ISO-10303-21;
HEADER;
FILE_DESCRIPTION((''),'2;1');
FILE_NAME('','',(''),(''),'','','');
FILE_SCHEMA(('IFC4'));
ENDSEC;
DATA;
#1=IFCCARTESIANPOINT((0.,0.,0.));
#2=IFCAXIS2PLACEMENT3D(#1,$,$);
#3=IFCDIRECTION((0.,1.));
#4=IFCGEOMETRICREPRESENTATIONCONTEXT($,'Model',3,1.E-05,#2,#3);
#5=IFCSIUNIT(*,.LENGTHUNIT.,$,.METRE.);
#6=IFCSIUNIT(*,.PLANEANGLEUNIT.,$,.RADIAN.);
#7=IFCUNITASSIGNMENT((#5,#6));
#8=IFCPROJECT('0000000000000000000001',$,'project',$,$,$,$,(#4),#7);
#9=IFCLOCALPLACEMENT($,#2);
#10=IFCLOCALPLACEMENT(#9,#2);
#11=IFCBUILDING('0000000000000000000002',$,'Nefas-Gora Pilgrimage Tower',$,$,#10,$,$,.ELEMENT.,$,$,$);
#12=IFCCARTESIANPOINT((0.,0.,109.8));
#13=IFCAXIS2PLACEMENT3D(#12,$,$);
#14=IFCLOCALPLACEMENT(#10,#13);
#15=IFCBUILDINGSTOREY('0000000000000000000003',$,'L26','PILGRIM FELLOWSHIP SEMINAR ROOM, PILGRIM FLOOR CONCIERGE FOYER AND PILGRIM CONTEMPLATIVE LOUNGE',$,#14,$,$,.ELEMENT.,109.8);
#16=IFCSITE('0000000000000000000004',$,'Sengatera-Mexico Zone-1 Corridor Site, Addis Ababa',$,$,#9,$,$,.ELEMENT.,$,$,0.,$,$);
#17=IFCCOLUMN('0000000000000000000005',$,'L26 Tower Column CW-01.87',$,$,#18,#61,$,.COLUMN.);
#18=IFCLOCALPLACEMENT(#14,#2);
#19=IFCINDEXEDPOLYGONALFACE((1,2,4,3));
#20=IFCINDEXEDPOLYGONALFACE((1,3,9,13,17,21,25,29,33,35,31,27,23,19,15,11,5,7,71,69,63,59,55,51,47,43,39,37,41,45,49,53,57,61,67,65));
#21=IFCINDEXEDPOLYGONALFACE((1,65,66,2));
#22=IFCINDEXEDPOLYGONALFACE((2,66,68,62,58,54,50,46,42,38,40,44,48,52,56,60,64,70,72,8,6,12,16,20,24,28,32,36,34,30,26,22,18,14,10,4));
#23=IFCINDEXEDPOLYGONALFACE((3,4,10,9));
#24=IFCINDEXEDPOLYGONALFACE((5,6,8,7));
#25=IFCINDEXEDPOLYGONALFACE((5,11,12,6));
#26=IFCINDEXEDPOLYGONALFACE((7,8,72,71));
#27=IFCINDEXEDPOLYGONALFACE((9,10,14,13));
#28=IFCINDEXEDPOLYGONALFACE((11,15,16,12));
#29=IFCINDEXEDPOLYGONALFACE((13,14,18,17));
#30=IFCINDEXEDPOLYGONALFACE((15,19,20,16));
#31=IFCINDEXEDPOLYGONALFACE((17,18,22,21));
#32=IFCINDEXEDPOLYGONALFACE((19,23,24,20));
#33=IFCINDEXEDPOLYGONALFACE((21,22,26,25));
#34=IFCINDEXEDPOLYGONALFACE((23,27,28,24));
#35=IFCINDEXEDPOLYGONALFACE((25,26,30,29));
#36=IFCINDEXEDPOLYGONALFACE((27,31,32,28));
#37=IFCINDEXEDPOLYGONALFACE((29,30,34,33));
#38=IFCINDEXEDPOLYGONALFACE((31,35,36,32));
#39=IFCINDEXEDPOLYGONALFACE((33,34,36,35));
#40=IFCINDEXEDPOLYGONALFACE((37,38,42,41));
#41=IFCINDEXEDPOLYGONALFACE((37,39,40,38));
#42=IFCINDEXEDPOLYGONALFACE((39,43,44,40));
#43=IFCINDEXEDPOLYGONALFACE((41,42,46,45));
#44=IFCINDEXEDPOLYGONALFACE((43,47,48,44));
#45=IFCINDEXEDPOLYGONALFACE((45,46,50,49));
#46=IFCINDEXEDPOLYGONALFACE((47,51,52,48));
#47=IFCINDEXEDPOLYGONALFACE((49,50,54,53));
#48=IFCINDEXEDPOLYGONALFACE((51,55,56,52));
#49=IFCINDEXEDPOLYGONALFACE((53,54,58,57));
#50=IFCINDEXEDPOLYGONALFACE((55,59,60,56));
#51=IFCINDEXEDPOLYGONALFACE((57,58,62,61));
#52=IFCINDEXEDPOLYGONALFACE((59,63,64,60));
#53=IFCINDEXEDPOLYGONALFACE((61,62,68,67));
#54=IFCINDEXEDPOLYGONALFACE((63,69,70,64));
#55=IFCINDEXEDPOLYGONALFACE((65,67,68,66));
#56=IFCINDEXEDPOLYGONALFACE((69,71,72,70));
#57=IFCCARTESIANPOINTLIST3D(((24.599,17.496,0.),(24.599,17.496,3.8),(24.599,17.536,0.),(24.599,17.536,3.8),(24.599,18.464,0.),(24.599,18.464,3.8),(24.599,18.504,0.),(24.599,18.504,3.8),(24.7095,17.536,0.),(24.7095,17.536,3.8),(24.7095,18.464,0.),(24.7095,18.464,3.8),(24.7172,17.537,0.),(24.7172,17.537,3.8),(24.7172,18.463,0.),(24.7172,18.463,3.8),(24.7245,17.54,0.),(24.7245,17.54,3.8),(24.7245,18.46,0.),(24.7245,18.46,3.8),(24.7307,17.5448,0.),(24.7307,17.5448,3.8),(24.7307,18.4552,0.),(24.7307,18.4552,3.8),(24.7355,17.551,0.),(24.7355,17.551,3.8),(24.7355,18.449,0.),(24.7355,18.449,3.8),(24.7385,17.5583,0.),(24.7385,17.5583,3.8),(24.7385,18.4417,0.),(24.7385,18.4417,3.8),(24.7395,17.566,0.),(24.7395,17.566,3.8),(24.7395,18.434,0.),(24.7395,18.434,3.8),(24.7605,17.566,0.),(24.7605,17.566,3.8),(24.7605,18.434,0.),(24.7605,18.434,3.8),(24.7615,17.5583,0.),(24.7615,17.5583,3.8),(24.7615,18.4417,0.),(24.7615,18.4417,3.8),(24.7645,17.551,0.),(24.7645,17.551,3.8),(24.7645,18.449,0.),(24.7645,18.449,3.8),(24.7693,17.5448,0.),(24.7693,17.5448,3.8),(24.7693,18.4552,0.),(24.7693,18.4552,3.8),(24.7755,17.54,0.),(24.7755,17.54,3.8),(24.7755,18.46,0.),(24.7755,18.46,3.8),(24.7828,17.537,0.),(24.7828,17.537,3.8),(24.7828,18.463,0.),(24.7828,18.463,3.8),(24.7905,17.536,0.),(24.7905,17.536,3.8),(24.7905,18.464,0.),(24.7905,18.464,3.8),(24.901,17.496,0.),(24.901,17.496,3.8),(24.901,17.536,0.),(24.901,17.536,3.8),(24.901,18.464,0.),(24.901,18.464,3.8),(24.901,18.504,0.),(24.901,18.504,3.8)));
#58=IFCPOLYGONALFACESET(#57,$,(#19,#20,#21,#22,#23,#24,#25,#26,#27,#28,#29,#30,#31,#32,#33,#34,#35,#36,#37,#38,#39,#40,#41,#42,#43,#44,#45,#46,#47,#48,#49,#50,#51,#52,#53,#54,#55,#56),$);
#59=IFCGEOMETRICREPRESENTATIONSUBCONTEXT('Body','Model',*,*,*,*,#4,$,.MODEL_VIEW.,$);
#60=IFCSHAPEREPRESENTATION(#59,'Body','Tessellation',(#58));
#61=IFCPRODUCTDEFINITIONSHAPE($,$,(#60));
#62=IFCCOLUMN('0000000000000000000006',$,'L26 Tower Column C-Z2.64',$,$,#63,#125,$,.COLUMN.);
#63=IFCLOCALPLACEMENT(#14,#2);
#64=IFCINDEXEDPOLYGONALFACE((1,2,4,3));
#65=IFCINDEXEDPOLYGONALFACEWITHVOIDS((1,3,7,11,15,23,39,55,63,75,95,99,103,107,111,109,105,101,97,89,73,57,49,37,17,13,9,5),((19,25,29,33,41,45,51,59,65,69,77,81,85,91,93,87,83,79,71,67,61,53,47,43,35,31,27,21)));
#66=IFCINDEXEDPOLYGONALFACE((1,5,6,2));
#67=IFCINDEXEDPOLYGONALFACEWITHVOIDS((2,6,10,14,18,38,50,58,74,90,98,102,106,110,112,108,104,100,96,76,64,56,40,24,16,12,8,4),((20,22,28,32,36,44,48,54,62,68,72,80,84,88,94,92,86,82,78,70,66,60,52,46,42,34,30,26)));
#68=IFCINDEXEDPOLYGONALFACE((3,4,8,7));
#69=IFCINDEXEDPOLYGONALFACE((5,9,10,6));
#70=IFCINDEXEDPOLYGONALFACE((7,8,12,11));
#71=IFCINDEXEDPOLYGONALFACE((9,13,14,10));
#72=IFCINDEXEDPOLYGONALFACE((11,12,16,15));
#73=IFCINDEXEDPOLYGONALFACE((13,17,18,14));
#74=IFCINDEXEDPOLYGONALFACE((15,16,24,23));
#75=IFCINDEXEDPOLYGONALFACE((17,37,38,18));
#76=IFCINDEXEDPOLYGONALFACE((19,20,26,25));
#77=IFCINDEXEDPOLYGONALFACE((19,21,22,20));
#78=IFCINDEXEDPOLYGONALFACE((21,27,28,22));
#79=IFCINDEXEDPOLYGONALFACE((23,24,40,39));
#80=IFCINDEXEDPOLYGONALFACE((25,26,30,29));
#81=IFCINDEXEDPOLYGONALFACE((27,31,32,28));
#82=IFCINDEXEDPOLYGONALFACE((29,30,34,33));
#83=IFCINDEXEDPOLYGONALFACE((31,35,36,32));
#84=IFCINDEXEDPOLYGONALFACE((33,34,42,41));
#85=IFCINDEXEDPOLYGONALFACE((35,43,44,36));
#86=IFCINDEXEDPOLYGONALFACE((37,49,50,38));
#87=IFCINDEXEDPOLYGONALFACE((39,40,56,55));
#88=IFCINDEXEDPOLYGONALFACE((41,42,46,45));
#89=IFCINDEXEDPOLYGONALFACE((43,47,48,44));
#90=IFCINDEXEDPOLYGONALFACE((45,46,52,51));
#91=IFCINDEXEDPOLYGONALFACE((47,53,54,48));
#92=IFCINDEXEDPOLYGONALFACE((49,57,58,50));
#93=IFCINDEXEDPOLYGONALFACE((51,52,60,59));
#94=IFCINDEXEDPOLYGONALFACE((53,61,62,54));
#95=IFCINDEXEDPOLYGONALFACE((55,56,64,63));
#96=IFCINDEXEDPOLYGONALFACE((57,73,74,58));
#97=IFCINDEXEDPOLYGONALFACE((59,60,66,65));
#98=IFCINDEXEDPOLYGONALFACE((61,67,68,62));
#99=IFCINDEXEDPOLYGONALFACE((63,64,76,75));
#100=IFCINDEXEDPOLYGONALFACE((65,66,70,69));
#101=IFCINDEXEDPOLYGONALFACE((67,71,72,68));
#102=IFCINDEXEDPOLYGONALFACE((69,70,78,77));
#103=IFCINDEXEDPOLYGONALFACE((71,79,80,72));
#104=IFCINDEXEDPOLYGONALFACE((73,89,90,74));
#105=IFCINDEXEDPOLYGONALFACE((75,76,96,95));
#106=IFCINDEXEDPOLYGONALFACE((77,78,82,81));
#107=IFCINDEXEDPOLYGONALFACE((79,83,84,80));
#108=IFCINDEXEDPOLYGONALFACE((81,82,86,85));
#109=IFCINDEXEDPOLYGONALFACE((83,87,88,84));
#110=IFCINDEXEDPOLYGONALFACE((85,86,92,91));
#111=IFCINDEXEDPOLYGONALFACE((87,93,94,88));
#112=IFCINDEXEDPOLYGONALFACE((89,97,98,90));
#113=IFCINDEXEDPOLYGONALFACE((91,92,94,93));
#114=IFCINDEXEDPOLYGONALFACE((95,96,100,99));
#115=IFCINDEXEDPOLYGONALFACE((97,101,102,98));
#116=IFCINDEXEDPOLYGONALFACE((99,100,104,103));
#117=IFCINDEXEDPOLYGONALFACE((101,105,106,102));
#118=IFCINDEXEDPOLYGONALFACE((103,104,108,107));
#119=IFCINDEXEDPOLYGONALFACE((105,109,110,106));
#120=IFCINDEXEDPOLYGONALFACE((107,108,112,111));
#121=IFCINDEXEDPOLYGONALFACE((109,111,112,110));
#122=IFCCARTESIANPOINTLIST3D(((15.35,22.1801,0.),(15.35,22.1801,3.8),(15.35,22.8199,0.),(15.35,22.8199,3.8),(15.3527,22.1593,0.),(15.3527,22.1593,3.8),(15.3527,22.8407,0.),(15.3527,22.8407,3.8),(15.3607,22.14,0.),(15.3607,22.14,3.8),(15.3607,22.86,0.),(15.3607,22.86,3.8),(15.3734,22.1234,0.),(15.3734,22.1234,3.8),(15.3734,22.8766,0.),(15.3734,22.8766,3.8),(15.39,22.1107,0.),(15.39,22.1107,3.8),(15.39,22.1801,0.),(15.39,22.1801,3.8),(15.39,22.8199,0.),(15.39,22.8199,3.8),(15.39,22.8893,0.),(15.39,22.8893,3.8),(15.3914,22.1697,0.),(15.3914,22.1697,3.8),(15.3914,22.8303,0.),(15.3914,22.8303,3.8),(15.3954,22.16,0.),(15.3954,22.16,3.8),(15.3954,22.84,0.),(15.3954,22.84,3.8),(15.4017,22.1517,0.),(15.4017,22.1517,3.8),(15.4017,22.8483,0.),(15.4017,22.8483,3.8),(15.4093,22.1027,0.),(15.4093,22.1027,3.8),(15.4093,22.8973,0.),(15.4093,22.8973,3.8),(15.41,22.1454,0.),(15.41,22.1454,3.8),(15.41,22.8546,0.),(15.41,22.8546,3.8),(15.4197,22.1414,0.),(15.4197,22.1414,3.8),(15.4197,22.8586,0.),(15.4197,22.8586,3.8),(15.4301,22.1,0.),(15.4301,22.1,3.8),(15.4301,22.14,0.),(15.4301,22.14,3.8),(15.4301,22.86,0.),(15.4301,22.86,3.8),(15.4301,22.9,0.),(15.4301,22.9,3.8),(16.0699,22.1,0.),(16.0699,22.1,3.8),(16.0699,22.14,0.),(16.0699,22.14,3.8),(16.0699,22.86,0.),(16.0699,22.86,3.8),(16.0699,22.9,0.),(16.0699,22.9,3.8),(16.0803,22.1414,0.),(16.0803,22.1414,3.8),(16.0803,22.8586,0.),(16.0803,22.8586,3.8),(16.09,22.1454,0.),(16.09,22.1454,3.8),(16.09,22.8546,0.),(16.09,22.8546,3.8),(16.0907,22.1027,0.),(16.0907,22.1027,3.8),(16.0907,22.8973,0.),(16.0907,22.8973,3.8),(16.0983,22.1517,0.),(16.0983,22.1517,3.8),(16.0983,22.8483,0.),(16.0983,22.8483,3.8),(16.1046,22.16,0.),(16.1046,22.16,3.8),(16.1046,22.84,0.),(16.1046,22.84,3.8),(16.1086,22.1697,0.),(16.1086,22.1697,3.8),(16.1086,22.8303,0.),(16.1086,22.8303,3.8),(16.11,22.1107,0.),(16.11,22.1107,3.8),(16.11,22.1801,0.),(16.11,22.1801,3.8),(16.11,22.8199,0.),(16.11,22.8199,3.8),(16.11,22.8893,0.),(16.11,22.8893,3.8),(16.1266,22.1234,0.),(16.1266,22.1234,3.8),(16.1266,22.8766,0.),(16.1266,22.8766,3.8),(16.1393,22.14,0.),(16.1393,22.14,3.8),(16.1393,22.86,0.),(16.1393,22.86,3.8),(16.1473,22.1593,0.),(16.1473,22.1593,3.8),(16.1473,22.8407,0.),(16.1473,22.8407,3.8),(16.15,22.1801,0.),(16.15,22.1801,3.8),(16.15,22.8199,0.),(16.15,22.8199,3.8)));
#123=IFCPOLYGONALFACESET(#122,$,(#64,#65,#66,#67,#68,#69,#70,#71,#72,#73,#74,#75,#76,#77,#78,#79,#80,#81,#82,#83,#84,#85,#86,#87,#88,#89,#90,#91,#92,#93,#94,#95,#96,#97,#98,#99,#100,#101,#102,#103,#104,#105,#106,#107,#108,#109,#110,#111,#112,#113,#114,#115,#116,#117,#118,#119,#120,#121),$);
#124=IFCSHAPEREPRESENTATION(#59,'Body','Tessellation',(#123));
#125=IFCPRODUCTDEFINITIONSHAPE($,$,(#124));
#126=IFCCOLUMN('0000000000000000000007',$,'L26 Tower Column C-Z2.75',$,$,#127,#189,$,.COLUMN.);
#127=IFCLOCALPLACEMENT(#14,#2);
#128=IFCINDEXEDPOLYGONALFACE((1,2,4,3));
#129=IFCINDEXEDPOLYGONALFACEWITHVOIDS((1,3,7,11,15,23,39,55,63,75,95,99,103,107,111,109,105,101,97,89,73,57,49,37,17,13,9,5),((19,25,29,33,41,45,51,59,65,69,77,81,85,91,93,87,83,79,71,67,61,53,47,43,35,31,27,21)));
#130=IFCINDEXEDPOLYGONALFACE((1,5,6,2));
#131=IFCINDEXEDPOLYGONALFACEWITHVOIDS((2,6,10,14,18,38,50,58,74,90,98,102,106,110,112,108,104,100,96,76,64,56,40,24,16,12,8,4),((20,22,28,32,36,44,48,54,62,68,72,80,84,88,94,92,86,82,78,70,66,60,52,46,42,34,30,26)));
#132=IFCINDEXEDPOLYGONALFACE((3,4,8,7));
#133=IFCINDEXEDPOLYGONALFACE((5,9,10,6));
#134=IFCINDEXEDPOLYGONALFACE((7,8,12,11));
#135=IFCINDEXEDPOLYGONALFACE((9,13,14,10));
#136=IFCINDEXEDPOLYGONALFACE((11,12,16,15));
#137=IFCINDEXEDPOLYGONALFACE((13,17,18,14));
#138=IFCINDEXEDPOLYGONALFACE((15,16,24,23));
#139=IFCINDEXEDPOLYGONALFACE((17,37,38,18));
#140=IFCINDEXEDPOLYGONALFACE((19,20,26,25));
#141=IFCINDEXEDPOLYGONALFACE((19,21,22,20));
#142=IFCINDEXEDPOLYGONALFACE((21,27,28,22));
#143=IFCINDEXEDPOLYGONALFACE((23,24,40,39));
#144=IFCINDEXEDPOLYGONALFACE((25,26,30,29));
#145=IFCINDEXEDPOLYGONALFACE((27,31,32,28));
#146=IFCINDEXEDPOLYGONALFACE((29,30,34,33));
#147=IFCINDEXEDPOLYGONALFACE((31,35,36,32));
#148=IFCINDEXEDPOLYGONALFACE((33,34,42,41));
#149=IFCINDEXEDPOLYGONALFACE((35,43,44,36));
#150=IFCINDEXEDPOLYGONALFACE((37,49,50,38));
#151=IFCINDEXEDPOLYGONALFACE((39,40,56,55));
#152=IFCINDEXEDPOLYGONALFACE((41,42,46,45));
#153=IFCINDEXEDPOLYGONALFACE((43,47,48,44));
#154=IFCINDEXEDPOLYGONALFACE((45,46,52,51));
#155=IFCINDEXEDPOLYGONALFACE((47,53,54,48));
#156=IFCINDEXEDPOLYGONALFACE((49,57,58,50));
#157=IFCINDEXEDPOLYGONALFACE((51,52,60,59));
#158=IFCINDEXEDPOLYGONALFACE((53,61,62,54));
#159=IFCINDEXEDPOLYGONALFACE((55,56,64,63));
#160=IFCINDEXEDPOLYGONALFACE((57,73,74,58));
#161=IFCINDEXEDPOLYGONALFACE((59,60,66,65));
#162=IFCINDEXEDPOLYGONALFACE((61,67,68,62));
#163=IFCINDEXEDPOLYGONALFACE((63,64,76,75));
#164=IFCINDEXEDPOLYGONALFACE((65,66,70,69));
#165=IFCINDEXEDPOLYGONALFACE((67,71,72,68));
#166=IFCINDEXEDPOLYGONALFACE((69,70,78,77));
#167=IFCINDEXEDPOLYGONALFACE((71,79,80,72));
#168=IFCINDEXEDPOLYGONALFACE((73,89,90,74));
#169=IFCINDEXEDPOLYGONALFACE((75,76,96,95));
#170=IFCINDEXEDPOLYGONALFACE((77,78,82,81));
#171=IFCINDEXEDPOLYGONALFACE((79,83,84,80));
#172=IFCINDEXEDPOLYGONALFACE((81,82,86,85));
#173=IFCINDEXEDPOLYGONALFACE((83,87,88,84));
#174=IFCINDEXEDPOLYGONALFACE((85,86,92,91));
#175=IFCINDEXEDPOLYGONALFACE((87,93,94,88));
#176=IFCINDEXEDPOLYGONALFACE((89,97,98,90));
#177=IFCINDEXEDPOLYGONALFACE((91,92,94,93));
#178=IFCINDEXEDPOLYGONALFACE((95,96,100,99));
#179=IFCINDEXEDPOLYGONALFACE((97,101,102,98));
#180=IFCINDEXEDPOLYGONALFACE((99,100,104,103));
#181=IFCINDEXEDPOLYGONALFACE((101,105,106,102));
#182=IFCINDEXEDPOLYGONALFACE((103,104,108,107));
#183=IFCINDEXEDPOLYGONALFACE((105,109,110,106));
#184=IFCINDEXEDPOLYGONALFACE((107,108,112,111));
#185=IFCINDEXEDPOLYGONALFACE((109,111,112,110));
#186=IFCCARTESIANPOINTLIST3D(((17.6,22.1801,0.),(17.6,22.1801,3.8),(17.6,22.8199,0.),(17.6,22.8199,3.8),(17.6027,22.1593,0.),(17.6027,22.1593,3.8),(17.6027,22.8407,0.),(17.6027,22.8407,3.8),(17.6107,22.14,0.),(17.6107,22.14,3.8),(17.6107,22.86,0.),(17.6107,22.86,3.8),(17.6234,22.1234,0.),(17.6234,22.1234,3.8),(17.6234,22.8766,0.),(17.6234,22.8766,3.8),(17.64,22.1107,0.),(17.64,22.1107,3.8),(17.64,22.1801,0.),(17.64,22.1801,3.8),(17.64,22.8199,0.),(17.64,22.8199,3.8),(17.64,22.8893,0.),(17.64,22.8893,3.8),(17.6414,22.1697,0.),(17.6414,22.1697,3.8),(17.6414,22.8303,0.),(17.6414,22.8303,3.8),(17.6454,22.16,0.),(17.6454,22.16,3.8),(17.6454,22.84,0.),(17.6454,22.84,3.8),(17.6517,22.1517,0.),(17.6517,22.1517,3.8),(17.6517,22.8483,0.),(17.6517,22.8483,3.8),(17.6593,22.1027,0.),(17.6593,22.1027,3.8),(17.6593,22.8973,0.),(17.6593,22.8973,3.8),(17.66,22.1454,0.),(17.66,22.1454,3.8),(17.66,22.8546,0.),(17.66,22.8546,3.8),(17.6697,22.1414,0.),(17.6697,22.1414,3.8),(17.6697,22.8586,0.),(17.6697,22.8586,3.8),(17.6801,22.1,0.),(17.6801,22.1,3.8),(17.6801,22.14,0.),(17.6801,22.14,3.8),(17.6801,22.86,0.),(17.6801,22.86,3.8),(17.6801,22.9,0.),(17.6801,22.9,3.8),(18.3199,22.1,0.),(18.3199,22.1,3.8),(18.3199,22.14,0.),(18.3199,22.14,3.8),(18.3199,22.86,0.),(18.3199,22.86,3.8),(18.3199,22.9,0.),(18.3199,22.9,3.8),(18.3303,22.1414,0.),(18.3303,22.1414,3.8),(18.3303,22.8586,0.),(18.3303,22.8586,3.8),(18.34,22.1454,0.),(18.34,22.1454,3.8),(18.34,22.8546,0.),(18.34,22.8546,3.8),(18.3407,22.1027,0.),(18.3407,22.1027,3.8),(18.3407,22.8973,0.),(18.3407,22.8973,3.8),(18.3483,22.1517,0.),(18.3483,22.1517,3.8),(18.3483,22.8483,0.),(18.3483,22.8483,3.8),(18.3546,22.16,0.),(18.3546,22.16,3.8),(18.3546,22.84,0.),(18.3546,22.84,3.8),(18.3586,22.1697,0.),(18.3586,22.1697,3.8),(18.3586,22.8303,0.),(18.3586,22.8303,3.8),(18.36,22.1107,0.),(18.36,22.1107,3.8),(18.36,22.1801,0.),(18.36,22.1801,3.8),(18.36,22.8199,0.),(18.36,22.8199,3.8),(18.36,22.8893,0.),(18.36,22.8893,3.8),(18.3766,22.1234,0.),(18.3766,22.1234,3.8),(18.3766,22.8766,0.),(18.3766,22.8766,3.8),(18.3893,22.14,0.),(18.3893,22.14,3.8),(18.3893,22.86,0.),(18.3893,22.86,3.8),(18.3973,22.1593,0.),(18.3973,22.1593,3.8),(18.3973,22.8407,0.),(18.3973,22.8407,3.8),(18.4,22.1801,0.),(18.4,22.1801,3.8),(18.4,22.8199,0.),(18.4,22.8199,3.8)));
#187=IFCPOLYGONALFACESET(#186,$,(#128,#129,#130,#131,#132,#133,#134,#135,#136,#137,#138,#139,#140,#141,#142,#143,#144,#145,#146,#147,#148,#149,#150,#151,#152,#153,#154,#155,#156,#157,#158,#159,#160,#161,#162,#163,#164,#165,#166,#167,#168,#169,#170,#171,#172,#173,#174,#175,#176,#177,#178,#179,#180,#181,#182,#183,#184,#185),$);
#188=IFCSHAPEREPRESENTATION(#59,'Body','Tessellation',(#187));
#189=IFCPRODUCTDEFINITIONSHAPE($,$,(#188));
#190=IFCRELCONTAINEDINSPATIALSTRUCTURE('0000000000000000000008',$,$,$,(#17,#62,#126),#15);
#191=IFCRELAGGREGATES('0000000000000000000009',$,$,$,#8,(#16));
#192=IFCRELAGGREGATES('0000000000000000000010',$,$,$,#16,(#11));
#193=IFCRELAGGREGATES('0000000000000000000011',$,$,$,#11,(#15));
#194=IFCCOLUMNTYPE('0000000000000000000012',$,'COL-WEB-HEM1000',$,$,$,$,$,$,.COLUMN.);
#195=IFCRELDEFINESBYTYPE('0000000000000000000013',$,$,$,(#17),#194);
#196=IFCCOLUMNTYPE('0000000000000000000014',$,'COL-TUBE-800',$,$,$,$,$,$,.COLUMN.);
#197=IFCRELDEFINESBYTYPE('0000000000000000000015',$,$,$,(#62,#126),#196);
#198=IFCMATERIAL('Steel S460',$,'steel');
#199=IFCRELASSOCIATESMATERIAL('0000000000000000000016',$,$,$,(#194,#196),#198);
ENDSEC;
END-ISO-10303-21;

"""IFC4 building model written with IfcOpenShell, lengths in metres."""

from ifc_helpers import new_model, si_unit, direction, frame, origin, origin_2d, place, context, subcontext, project, spatial, hollow_rectangle, i_section, extrude, source, transform, mapped, material, material_profile, profile_set, type_object, element, save


model = new_model("IFC4")

# Units and contexts
model_context = context("Model", 3, precision=1e-05, world=origin(), true_north=direction((0.0, 1.0)))
body_context = subcontext(model_context, "Body", "Model", "MODEL_VIEW")
ifc_project = project(units=[si_unit("LENGTHUNIT", "METRE"), si_unit("PLANEANGLEUNIT", "RADIAN")], contexts=[model_context])

# Site, building, storey
site_placement = place(None, origin())
site = spatial("IfcSite", under=ifc_project, at=site_placement, Name="Sengatera-Mexico Zone-1 Corridor Site, Addis Ababa", CompositionType="ELEMENT", RefElevation=0.0)
building_placement = place(site_placement, origin())
building = spatial("IfcBuilding", under=site, at=building_placement, Name="Nefas-Gora Pilgrimage Tower", CompositionType="ELEMENT")
storey_placement = place(building_placement, frame((0.0, 0.0, 109.8)))
storey = spatial("IfcBuildingStorey", under=building, at=storey_placement, Name="L26", Description="PILGRIM FELLOWSHIP SEMINAR ROOM, PILGRIM FLOOR CONCIERGE FOYER AND PILGRIM CONTEMPLATIVE LOUNGE", CompositionType="ELEMENT", Elevation=109.8)

# Columns
ifc_material_1 = material(Name="Steel S460", Category="steel")
ifc_material_profile_1 = material_profile(ifc_material_1, i_section(OverallWidth=0.302, OverallDepth=1.0081, WebThickness=0.021, FlangeThickness=0.04, FilletRadius=0.03, at=origin_2d()), Name="HEM 1000")
ifc_profile_set_1 = profile_set([ifc_material_profile_1], Name="Steel S460")
column_type_1 = type_object("IfcColumnType", Name="COL-WEB-HEM1000", PredefinedType="COLUMN", material=ifc_profile_set_1)
shared_shape_1 = source(origin(), body_context, "Body", "SweptSolid", [
    extrude(i_section(OverallWidth=0.302, OverallDepth=1.0081, WebThickness=0.021, FlangeThickness=0.04, FilletRadius=0.03, at=origin_2d()), origin(), (0.0, 0.0, 1.0), 3.8),
])
for number, where, z_axis, x_axis, name in (
    (1, (24.75, 18.0, 0.0), (0.0, 0.0, 1.0), (1.0, 0.0, 0.0), "L26 Tower Column CW-01.87"),
):
    element("IfcColumn", number, at=place(storey_placement, frame(where, z_axis=z_axis, x_axis=x_axis)), inside=storey, type_object=column_type_1, Name=name, PredefinedType="COLUMN", context=body_context, shape_type="MappedRepresentation", body=[
        mapped(shared_shape_1, transform((0.0, 0.0, 0.0), x_axis=(1.0, 0.0, 0.0), y_axis=(0.0, 1.0, 0.0), z_axis=(0.0, 0.0, 1.0), scale=1.0)),
    ])
ifc_material_profile_2 = material_profile(ifc_material_1, hollow_rectangle(XDim=0.8, YDim=0.8, WallThickness=0.04, InnerFilletRadius=0.04, OuterFilletRadius=0.0801, at=origin_2d()), Name="BOX 800x800x40")
ifc_profile_set_2 = profile_set([ifc_material_profile_2], Name="Steel S460")
column_type_2 = type_object("IfcColumnType", Name="COL-TUBE-800", PredefinedType="COLUMN", material=ifc_profile_set_2)
shared_shape_2 = source(origin(), body_context, "Body", "SweptSolid", [
    extrude(hollow_rectangle(XDim=0.8, YDim=0.8, WallThickness=0.04, InnerFilletRadius=0.04, OuterFilletRadius=0.0801, at=origin_2d()), origin(), (0.0, 0.0, 1.0), 3.8),
])
for number, where, z_axis, x_axis, name in (
    (2, (15.75, 22.5, 0.0), (0.0, 0.0, 1.0), (1.0, 0.0, 0.0), "L26 Tower Column C-Z2.64"),
    (3, (18.0, 22.5, 0.0), (0.0, 0.0, 1.0), (1.0, 0.0, 0.0), "L26 Tower Column C-Z2.75"),
):
    element("IfcColumn", number, at=place(storey_placement, frame(where, z_axis=z_axis, x_axis=x_axis)), inside=storey, type_object=column_type_2, Name=name, PredefinedType="COLUMN", context=body_context, shape_type="MappedRepresentation", body=[
        mapped(shared_shape_2, transform((0.0, 0.0, 0.0), x_axis=(1.0, 0.0, 0.0), y_axis=(0.0, 1.0, 0.0), z_axis=(0.0, 0.0, 1.0), scale=1.0)),
    ])

save(model, "model.ifc")
